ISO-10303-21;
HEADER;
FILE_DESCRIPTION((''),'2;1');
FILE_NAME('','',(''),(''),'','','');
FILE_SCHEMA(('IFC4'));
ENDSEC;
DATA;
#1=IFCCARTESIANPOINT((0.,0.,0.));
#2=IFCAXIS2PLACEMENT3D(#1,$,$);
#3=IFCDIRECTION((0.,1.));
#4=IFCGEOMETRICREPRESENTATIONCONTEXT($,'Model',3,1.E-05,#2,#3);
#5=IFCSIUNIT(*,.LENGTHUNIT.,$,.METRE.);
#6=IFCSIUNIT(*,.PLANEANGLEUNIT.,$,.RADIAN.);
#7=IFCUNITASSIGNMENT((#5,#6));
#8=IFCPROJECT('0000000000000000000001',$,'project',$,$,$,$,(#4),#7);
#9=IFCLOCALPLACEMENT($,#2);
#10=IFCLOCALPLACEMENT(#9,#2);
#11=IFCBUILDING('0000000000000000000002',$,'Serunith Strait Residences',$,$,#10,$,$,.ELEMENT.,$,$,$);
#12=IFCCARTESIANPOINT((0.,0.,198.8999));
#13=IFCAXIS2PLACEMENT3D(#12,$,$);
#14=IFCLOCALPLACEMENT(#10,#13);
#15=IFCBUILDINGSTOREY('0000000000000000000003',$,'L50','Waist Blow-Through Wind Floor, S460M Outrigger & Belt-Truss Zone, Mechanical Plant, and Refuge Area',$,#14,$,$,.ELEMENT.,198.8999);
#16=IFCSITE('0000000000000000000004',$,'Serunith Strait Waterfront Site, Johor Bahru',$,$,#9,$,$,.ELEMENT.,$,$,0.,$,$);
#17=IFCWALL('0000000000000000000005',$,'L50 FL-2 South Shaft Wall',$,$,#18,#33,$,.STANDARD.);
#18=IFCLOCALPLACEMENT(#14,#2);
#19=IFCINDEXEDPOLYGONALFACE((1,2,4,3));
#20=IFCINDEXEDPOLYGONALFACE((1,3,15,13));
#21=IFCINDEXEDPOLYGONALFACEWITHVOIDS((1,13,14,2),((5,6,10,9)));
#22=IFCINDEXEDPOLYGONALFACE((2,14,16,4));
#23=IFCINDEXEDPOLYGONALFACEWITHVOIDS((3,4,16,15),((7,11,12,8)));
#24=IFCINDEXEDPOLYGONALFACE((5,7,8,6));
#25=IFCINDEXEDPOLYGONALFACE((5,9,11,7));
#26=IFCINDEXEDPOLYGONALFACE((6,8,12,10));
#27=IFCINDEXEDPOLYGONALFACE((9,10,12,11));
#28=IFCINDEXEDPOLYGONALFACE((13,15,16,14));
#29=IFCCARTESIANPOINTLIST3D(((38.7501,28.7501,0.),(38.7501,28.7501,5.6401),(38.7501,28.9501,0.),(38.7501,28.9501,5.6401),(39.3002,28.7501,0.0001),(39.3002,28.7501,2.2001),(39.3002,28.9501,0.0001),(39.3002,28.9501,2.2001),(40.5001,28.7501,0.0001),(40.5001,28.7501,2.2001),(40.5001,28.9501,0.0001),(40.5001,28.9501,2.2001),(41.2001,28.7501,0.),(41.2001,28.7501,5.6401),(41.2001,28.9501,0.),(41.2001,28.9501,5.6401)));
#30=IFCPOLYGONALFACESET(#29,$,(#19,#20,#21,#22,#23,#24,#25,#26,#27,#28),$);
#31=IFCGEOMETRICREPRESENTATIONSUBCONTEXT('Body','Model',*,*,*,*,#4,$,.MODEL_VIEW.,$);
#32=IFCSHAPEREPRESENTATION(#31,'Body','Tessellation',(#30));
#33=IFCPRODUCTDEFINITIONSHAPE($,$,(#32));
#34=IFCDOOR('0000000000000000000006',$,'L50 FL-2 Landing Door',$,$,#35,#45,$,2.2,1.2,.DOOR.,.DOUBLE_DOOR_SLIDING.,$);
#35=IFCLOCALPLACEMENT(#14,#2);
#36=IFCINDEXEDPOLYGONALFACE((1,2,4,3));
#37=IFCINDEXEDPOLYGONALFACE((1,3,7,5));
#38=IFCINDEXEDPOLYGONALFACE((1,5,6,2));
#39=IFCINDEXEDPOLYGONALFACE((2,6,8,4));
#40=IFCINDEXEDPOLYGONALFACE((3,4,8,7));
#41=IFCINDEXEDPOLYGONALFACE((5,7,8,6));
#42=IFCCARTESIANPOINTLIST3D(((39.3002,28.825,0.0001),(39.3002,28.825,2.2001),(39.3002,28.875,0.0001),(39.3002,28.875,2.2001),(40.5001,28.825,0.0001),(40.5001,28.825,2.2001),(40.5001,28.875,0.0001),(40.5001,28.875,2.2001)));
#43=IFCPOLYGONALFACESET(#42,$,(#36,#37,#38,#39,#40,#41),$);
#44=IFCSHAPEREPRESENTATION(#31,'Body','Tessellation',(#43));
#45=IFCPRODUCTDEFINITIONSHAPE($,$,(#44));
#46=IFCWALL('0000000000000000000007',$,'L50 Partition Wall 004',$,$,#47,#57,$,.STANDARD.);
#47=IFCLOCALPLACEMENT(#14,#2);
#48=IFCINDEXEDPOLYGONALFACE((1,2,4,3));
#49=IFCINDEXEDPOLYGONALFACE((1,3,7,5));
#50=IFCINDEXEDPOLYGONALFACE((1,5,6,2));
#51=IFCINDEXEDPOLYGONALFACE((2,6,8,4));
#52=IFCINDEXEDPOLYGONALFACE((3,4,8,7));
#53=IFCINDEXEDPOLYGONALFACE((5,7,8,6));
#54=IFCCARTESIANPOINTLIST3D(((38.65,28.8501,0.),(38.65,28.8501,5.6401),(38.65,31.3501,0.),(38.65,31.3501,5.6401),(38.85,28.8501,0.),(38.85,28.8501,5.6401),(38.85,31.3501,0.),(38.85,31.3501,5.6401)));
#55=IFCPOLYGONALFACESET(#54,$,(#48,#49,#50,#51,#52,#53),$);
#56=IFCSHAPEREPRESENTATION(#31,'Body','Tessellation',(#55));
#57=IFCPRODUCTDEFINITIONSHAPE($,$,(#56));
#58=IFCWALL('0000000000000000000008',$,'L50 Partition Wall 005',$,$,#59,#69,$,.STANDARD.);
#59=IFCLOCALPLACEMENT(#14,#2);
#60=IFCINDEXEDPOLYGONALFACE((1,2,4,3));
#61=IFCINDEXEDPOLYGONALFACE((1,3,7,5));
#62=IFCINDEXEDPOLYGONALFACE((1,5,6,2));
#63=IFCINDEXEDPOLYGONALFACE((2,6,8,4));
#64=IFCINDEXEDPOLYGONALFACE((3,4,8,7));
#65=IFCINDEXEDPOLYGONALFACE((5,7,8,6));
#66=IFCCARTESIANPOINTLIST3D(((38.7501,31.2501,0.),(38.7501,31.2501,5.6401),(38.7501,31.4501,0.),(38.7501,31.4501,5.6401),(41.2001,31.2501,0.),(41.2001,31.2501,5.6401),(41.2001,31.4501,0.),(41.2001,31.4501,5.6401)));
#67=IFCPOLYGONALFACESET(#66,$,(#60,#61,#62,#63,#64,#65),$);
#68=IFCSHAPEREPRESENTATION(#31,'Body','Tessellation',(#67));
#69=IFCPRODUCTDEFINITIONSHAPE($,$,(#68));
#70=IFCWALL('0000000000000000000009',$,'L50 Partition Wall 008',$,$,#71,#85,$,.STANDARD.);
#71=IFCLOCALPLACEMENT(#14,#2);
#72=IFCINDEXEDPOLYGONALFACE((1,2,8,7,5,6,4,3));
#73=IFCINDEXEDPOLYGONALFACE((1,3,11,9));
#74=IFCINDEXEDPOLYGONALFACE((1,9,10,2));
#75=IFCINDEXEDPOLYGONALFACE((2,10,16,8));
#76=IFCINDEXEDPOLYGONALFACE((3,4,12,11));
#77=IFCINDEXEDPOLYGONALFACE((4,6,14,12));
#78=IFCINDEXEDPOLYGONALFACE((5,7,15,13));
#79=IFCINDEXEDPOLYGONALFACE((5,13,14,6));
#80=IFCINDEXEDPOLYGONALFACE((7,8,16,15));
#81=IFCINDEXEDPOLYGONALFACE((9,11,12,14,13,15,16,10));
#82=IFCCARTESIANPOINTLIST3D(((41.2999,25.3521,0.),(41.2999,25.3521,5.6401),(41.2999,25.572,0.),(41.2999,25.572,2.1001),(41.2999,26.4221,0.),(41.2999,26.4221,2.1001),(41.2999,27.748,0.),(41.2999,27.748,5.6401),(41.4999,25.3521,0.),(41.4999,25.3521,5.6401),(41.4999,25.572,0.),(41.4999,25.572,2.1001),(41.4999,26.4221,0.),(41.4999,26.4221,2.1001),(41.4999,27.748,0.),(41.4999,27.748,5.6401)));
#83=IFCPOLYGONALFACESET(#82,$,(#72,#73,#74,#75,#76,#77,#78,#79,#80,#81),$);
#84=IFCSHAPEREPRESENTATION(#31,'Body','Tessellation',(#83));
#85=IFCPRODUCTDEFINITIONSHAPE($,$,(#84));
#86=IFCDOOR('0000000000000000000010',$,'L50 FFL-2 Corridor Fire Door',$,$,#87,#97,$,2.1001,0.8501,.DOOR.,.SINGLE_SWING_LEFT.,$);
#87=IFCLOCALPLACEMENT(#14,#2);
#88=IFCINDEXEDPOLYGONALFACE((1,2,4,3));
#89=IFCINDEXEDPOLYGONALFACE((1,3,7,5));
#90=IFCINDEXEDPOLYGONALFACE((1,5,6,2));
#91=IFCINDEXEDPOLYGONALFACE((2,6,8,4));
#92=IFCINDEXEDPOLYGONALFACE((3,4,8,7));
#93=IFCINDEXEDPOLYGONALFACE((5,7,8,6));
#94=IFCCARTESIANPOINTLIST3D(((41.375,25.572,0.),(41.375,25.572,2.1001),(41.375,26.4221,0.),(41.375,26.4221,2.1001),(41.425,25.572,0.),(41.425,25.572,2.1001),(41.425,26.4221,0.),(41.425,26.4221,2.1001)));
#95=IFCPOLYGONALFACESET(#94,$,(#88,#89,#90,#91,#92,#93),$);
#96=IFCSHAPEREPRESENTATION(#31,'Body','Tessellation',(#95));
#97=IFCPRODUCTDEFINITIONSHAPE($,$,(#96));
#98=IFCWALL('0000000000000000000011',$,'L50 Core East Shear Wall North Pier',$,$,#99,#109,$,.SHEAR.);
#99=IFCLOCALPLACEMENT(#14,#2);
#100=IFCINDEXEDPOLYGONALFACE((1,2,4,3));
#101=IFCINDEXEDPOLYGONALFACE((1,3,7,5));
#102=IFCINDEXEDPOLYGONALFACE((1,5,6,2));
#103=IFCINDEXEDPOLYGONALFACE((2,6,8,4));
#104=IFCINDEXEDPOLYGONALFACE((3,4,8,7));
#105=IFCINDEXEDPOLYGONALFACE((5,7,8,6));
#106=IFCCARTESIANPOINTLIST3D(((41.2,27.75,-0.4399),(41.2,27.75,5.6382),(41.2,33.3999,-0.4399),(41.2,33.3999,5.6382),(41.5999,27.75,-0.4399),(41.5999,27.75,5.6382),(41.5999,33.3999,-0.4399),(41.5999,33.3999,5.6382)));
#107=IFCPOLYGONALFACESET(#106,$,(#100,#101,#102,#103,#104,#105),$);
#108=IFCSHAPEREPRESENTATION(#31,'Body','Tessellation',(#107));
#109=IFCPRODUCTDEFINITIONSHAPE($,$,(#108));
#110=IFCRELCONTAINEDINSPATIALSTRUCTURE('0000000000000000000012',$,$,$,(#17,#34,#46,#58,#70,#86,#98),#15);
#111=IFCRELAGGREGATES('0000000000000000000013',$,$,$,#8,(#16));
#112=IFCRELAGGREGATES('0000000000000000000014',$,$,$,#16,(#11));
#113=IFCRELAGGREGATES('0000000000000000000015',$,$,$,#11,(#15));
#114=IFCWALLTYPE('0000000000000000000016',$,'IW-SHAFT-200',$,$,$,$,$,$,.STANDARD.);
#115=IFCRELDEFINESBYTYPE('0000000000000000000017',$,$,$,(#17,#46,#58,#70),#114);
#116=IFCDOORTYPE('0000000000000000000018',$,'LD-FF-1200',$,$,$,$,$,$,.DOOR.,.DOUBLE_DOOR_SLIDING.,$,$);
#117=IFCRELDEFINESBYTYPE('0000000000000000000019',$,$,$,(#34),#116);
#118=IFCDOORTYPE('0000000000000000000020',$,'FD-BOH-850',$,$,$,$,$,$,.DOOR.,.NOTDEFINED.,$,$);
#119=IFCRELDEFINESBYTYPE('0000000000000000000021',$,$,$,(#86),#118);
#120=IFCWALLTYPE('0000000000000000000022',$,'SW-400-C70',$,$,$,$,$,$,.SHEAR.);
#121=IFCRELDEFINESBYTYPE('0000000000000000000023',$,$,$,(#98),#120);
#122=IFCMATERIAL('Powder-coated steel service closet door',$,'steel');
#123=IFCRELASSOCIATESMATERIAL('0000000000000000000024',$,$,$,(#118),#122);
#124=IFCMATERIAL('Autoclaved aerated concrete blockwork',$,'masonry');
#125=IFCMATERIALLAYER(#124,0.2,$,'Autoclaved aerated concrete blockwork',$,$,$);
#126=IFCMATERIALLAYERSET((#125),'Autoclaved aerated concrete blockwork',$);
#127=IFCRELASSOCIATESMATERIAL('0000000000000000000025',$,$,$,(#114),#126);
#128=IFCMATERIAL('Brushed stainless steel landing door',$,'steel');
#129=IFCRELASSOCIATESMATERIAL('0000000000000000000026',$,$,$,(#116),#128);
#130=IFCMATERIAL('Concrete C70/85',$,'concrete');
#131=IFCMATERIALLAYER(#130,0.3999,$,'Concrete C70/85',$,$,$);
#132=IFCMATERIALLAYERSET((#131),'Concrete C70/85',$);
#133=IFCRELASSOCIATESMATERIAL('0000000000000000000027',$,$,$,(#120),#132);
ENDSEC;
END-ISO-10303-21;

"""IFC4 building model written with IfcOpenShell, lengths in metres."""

from ifc_helpers import new_model, si_unit, direction, frame, frame_2d, origin, place, context, subcontext, project, spatial, rectangle, extrude, source, transform, mapped, material, layer, layer_set, type_object, element, fill, save


model = new_model("IFC4")

# Units and contexts
model_context = context("Model", 3, precision=1e-05, world=origin(), true_north=direction((0.0, 1.0)))
body_context = subcontext(model_context, "Body", "Model", "MODEL_VIEW")
ifc_project = project(units=[si_unit("LENGTHUNIT", "METRE"), si_unit("PLANEANGLEUNIT", "RADIAN")], contexts=[model_context])

# Site, building, storey
site_placement = place(None, origin())
site = spatial("IfcSite", under=ifc_project, at=site_placement, Name="Serunith Strait Waterfront Site, Johor Bahru", CompositionType="ELEMENT", RefElevation=0.0)
building_placement = place(site_placement, origin())
building = spatial("IfcBuilding", under=site, at=building_placement, Name="Serunith Strait Residences", CompositionType="ELEMENT")
storey_placement = place(building_placement, frame((0.0, 0.0, 198.8999)))
storey = spatial("IfcBuildingStorey", under=building, at=storey_placement, Name="L50", Description="Waist Blow-Through Wind Floor, S460M Outrigger & Belt-Truss Zone, Mechanical Plant, and Refuge Area", CompositionType="ELEMENT", Elevation=198.8999)

# Wall, opening, door
ifc_material_1 = material(Name="Powder-coated steel service closet door", Category="steel")
door_type_1 = type_object("IfcDoorType", Name="FD-BOH-850", OperationType="NOTDEFINED", PredefinedType="DOOR", material=ifc_material_1)
shared_shape_1 = source(origin(), body_context, "Body", "SweptSolid", [
    extrude(rectangle(XDim=0.8501, YDim=2.1001, at=frame_2d((0.425, 1.05))), frame((0.0, 0.0249, 0.0), z_axis=(0.0, -1.0, 0.0), x_axis=(1.0, 0.0, 0.0)), (0.0, 0.0, 1.0), 0.05),
])
ifc_material_2 = material(Name="Autoclaved aerated concrete blockwork", Category="masonry")
ifc_layer_1 = layer(ifc_material_2, 0.2, Name="Autoclaved aerated concrete blockwork")
ifc_layer_set_1 = layer_set([ifc_layer_1], Name="Autoclaved aerated concrete blockwork")
wall_type_1 = type_object("IfcWallType", Name="IW-SHAFT-200", PredefinedType="STANDARD", material=ifc_layer_set_1)
wall_1_placement = place(storey_placement, frame((38.75, 28.8501, 0.0), z_axis=(0.0, 0.0, 1.0), x_axis=(1.0, 0.0, 0.0)))
wall_1 = element("IfcWall", 1, at=wall_1_placement, inside=storey, type_object=wall_type_1, Name="L50 FL-2 South Shaft Wall", PredefinedType="STANDARD", context=body_context, shape_type="SweptSolid", body=[
    extrude(rectangle(XDim=2.45, YDim=0.2, at=frame_2d((1.2251, 0.0))), origin(), (0.0, 0.0, 1.0), 5.6401),
])
opening_1_placement = place(wall_1_placement, frame((0.55, 0.0, 0.0)))
opening_1 = element("IfcOpeningElement", 2, at=opening_1_placement, cuts=wall_1, PredefinedType="OPENING", context=body_context, shape_type="SweptSolid", body=[
    extrude(rectangle(XDim=1.2, YDim=2.2, at=frame_2d((0.6001, 1.1001))), frame((0.0, 0.1099, 0.0), z_axis=(0.0, -1.0, 0.0), x_axis=(1.0, 0.0, 0.0)), (0.0, 0.0, 1.0), 0.22),
])
ifc_material_3 = material(Name="Brushed stainless steel landing door", Category="steel")
door_type_2 = type_object("IfcDoorType", Name="LD-FF-1200", OperationType="DOUBLE_DOOR_SLIDING", PredefinedType="DOOR", material=ifc_material_3)
shared_shape_2 = source(origin(), body_context, "Body", "SweptSolid", [
    extrude(rectangle(XDim=1.2, YDim=2.2, at=frame_2d((0.6001, 1.1001))), frame((0.0, 0.0249, 0.0), z_axis=(0.0, -1.0, 0.0), x_axis=(1.0, 0.0, 0.0)), (0.0, 0.0, 1.0), 0.05),
])
door_1_placement = place(opening_1_placement, origin())
door_1 = element("IfcDoor", 3, at=door_1_placement, inside=storey, type_object=door_type_2, Name="L50 FL-2 Landing Door", OperationType="DOUBLE_DOOR_SLIDING", OverallHeight=2.2, OverallWidth=1.2, PredefinedType="DOOR", context=body_context, shape_type="MappedRepresentation", body=[
    mapped(shared_shape_2, transform((0.0, 0.0, 0.0), scale=1.0)),
])
fill(opening_1, door_1)

# Walls
wall_2_placement = place(storey_placement, frame((38.75, 28.8501, 0.0), z_axis=(0.0, 0.0, 1.0), x_axis=(0.0, 1.0, 0.0)))
element("IfcWall", 4, at=wall_2_placement, inside=storey, type_object=wall_type_1, Name="L50 Partition Wall 004", PredefinedType="STANDARD", context=body_context, shape_type="SweptSolid", body=[
    extrude(rectangle(XDim=2.5, YDim=0.2, at=frame_2d((1.25, 0.0))), origin(), (0.0, 0.0, 1.0), 5.6401),
])
wall_3_placement = place(storey_placement, frame((38.75, 31.3501, 0.0), z_axis=(0.0, 0.0, 1.0), x_axis=(1.0, 0.0, 0.0)))
element("IfcWall", 5, at=wall_3_placement, inside=storey, type_object=wall_type_1, Name="L50 Partition Wall 005", PredefinedType="STANDARD", context=body_context, shape_type="SweptSolid", body=[
    extrude(rectangle(XDim=2.45, YDim=0.2, at=frame_2d((1.2251, 0.0))), origin(), (0.0, 0.0, 1.0), 5.6401),
])

# Wall, opening, door
wall_4_placement = place(storey_placement, frame((41.3999, 25.3521, 0.0), z_axis=(0.0, 0.0, 1.0), x_axis=(0.0, 1.0, 0.0)))
wall_4 = element("IfcWall", 6, at=wall_4_placement, inside=storey, type_object=wall_type_1, Name="L50 Partition Wall 008", PredefinedType="STANDARD", context=body_context, shape_type="SweptSolid", body=[
    extrude(rectangle(XDim=2.396, YDim=0.2, at=frame_2d((1.198, 0.0))), origin(), (0.0, 0.0, 1.0), 5.6401),
])
opening_2_placement = place(wall_4_placement, frame((0.22, 0.0, 0.0)))
opening_2 = element("IfcOpeningElement", 7, at=opening_2_placement, cuts=wall_4, PredefinedType="OPENING", context=body_context, shape_type="SweptSolid", body=[
    extrude(rectangle(XDim=0.8501, YDim=2.1001, at=frame_2d((0.425, 1.05))), frame((0.0, 0.1099, 0.0), z_axis=(0.0, -1.0, 0.0), x_axis=(1.0, 0.0, 0.0)), (0.0, 0.0, 1.0), 0.22),
])
door_2_placement = place(opening_2_placement, origin())
door_2 = element("IfcDoor", 8, at=door_2_placement, inside=storey, type_object=door_type_1, Name="L50 FFL-2 Corridor Fire Door", OperationType="SINGLE_SWING_LEFT", OverallHeight=2.1001, OverallWidth=0.8501, PredefinedType="DOOR", context=body_context, shape_type="MappedRepresentation", body=[
    mapped(shared_shape_1, transform((0.0, 0.0, 0.0), scale=1.0)),
])
fill(opening_2, door_2)

# Wall
ifc_material_4 = material(Name="Concrete C70/85", Category="concrete")
ifc_layer_2 = layer(ifc_material_4, 0.3999, Name="Concrete C70/85")
ifc_layer_set_2 = layer_set([ifc_layer_2], Name="Concrete C70/85")
wall_type_2 = type_object("IfcWallType", Name="SW-400-C70", PredefinedType="SHEAR", material=ifc_layer_set_2)
wall_5_placement = place(storey_placement, frame((41.3999, 27.75, -0.4399), z_axis=(0.0, 0.0, 1.0), x_axis=(0.0, 1.0, 0.0)))
element("IfcWall", 9, at=wall_5_placement, inside=storey, type_object=wall_type_2, Name="L50 Core East Shear Wall North Pier", PredefinedType="SHEAR", context=body_context, shape_type="SweptSolid", body=[
    extrude(rectangle(XDim=5.6499, YDim=0.3999, at=frame_2d((2.825, 0.0))), origin(), (0.0, 0.0, 1.0), 6.0781),
])

save(model, "model.ifc")
